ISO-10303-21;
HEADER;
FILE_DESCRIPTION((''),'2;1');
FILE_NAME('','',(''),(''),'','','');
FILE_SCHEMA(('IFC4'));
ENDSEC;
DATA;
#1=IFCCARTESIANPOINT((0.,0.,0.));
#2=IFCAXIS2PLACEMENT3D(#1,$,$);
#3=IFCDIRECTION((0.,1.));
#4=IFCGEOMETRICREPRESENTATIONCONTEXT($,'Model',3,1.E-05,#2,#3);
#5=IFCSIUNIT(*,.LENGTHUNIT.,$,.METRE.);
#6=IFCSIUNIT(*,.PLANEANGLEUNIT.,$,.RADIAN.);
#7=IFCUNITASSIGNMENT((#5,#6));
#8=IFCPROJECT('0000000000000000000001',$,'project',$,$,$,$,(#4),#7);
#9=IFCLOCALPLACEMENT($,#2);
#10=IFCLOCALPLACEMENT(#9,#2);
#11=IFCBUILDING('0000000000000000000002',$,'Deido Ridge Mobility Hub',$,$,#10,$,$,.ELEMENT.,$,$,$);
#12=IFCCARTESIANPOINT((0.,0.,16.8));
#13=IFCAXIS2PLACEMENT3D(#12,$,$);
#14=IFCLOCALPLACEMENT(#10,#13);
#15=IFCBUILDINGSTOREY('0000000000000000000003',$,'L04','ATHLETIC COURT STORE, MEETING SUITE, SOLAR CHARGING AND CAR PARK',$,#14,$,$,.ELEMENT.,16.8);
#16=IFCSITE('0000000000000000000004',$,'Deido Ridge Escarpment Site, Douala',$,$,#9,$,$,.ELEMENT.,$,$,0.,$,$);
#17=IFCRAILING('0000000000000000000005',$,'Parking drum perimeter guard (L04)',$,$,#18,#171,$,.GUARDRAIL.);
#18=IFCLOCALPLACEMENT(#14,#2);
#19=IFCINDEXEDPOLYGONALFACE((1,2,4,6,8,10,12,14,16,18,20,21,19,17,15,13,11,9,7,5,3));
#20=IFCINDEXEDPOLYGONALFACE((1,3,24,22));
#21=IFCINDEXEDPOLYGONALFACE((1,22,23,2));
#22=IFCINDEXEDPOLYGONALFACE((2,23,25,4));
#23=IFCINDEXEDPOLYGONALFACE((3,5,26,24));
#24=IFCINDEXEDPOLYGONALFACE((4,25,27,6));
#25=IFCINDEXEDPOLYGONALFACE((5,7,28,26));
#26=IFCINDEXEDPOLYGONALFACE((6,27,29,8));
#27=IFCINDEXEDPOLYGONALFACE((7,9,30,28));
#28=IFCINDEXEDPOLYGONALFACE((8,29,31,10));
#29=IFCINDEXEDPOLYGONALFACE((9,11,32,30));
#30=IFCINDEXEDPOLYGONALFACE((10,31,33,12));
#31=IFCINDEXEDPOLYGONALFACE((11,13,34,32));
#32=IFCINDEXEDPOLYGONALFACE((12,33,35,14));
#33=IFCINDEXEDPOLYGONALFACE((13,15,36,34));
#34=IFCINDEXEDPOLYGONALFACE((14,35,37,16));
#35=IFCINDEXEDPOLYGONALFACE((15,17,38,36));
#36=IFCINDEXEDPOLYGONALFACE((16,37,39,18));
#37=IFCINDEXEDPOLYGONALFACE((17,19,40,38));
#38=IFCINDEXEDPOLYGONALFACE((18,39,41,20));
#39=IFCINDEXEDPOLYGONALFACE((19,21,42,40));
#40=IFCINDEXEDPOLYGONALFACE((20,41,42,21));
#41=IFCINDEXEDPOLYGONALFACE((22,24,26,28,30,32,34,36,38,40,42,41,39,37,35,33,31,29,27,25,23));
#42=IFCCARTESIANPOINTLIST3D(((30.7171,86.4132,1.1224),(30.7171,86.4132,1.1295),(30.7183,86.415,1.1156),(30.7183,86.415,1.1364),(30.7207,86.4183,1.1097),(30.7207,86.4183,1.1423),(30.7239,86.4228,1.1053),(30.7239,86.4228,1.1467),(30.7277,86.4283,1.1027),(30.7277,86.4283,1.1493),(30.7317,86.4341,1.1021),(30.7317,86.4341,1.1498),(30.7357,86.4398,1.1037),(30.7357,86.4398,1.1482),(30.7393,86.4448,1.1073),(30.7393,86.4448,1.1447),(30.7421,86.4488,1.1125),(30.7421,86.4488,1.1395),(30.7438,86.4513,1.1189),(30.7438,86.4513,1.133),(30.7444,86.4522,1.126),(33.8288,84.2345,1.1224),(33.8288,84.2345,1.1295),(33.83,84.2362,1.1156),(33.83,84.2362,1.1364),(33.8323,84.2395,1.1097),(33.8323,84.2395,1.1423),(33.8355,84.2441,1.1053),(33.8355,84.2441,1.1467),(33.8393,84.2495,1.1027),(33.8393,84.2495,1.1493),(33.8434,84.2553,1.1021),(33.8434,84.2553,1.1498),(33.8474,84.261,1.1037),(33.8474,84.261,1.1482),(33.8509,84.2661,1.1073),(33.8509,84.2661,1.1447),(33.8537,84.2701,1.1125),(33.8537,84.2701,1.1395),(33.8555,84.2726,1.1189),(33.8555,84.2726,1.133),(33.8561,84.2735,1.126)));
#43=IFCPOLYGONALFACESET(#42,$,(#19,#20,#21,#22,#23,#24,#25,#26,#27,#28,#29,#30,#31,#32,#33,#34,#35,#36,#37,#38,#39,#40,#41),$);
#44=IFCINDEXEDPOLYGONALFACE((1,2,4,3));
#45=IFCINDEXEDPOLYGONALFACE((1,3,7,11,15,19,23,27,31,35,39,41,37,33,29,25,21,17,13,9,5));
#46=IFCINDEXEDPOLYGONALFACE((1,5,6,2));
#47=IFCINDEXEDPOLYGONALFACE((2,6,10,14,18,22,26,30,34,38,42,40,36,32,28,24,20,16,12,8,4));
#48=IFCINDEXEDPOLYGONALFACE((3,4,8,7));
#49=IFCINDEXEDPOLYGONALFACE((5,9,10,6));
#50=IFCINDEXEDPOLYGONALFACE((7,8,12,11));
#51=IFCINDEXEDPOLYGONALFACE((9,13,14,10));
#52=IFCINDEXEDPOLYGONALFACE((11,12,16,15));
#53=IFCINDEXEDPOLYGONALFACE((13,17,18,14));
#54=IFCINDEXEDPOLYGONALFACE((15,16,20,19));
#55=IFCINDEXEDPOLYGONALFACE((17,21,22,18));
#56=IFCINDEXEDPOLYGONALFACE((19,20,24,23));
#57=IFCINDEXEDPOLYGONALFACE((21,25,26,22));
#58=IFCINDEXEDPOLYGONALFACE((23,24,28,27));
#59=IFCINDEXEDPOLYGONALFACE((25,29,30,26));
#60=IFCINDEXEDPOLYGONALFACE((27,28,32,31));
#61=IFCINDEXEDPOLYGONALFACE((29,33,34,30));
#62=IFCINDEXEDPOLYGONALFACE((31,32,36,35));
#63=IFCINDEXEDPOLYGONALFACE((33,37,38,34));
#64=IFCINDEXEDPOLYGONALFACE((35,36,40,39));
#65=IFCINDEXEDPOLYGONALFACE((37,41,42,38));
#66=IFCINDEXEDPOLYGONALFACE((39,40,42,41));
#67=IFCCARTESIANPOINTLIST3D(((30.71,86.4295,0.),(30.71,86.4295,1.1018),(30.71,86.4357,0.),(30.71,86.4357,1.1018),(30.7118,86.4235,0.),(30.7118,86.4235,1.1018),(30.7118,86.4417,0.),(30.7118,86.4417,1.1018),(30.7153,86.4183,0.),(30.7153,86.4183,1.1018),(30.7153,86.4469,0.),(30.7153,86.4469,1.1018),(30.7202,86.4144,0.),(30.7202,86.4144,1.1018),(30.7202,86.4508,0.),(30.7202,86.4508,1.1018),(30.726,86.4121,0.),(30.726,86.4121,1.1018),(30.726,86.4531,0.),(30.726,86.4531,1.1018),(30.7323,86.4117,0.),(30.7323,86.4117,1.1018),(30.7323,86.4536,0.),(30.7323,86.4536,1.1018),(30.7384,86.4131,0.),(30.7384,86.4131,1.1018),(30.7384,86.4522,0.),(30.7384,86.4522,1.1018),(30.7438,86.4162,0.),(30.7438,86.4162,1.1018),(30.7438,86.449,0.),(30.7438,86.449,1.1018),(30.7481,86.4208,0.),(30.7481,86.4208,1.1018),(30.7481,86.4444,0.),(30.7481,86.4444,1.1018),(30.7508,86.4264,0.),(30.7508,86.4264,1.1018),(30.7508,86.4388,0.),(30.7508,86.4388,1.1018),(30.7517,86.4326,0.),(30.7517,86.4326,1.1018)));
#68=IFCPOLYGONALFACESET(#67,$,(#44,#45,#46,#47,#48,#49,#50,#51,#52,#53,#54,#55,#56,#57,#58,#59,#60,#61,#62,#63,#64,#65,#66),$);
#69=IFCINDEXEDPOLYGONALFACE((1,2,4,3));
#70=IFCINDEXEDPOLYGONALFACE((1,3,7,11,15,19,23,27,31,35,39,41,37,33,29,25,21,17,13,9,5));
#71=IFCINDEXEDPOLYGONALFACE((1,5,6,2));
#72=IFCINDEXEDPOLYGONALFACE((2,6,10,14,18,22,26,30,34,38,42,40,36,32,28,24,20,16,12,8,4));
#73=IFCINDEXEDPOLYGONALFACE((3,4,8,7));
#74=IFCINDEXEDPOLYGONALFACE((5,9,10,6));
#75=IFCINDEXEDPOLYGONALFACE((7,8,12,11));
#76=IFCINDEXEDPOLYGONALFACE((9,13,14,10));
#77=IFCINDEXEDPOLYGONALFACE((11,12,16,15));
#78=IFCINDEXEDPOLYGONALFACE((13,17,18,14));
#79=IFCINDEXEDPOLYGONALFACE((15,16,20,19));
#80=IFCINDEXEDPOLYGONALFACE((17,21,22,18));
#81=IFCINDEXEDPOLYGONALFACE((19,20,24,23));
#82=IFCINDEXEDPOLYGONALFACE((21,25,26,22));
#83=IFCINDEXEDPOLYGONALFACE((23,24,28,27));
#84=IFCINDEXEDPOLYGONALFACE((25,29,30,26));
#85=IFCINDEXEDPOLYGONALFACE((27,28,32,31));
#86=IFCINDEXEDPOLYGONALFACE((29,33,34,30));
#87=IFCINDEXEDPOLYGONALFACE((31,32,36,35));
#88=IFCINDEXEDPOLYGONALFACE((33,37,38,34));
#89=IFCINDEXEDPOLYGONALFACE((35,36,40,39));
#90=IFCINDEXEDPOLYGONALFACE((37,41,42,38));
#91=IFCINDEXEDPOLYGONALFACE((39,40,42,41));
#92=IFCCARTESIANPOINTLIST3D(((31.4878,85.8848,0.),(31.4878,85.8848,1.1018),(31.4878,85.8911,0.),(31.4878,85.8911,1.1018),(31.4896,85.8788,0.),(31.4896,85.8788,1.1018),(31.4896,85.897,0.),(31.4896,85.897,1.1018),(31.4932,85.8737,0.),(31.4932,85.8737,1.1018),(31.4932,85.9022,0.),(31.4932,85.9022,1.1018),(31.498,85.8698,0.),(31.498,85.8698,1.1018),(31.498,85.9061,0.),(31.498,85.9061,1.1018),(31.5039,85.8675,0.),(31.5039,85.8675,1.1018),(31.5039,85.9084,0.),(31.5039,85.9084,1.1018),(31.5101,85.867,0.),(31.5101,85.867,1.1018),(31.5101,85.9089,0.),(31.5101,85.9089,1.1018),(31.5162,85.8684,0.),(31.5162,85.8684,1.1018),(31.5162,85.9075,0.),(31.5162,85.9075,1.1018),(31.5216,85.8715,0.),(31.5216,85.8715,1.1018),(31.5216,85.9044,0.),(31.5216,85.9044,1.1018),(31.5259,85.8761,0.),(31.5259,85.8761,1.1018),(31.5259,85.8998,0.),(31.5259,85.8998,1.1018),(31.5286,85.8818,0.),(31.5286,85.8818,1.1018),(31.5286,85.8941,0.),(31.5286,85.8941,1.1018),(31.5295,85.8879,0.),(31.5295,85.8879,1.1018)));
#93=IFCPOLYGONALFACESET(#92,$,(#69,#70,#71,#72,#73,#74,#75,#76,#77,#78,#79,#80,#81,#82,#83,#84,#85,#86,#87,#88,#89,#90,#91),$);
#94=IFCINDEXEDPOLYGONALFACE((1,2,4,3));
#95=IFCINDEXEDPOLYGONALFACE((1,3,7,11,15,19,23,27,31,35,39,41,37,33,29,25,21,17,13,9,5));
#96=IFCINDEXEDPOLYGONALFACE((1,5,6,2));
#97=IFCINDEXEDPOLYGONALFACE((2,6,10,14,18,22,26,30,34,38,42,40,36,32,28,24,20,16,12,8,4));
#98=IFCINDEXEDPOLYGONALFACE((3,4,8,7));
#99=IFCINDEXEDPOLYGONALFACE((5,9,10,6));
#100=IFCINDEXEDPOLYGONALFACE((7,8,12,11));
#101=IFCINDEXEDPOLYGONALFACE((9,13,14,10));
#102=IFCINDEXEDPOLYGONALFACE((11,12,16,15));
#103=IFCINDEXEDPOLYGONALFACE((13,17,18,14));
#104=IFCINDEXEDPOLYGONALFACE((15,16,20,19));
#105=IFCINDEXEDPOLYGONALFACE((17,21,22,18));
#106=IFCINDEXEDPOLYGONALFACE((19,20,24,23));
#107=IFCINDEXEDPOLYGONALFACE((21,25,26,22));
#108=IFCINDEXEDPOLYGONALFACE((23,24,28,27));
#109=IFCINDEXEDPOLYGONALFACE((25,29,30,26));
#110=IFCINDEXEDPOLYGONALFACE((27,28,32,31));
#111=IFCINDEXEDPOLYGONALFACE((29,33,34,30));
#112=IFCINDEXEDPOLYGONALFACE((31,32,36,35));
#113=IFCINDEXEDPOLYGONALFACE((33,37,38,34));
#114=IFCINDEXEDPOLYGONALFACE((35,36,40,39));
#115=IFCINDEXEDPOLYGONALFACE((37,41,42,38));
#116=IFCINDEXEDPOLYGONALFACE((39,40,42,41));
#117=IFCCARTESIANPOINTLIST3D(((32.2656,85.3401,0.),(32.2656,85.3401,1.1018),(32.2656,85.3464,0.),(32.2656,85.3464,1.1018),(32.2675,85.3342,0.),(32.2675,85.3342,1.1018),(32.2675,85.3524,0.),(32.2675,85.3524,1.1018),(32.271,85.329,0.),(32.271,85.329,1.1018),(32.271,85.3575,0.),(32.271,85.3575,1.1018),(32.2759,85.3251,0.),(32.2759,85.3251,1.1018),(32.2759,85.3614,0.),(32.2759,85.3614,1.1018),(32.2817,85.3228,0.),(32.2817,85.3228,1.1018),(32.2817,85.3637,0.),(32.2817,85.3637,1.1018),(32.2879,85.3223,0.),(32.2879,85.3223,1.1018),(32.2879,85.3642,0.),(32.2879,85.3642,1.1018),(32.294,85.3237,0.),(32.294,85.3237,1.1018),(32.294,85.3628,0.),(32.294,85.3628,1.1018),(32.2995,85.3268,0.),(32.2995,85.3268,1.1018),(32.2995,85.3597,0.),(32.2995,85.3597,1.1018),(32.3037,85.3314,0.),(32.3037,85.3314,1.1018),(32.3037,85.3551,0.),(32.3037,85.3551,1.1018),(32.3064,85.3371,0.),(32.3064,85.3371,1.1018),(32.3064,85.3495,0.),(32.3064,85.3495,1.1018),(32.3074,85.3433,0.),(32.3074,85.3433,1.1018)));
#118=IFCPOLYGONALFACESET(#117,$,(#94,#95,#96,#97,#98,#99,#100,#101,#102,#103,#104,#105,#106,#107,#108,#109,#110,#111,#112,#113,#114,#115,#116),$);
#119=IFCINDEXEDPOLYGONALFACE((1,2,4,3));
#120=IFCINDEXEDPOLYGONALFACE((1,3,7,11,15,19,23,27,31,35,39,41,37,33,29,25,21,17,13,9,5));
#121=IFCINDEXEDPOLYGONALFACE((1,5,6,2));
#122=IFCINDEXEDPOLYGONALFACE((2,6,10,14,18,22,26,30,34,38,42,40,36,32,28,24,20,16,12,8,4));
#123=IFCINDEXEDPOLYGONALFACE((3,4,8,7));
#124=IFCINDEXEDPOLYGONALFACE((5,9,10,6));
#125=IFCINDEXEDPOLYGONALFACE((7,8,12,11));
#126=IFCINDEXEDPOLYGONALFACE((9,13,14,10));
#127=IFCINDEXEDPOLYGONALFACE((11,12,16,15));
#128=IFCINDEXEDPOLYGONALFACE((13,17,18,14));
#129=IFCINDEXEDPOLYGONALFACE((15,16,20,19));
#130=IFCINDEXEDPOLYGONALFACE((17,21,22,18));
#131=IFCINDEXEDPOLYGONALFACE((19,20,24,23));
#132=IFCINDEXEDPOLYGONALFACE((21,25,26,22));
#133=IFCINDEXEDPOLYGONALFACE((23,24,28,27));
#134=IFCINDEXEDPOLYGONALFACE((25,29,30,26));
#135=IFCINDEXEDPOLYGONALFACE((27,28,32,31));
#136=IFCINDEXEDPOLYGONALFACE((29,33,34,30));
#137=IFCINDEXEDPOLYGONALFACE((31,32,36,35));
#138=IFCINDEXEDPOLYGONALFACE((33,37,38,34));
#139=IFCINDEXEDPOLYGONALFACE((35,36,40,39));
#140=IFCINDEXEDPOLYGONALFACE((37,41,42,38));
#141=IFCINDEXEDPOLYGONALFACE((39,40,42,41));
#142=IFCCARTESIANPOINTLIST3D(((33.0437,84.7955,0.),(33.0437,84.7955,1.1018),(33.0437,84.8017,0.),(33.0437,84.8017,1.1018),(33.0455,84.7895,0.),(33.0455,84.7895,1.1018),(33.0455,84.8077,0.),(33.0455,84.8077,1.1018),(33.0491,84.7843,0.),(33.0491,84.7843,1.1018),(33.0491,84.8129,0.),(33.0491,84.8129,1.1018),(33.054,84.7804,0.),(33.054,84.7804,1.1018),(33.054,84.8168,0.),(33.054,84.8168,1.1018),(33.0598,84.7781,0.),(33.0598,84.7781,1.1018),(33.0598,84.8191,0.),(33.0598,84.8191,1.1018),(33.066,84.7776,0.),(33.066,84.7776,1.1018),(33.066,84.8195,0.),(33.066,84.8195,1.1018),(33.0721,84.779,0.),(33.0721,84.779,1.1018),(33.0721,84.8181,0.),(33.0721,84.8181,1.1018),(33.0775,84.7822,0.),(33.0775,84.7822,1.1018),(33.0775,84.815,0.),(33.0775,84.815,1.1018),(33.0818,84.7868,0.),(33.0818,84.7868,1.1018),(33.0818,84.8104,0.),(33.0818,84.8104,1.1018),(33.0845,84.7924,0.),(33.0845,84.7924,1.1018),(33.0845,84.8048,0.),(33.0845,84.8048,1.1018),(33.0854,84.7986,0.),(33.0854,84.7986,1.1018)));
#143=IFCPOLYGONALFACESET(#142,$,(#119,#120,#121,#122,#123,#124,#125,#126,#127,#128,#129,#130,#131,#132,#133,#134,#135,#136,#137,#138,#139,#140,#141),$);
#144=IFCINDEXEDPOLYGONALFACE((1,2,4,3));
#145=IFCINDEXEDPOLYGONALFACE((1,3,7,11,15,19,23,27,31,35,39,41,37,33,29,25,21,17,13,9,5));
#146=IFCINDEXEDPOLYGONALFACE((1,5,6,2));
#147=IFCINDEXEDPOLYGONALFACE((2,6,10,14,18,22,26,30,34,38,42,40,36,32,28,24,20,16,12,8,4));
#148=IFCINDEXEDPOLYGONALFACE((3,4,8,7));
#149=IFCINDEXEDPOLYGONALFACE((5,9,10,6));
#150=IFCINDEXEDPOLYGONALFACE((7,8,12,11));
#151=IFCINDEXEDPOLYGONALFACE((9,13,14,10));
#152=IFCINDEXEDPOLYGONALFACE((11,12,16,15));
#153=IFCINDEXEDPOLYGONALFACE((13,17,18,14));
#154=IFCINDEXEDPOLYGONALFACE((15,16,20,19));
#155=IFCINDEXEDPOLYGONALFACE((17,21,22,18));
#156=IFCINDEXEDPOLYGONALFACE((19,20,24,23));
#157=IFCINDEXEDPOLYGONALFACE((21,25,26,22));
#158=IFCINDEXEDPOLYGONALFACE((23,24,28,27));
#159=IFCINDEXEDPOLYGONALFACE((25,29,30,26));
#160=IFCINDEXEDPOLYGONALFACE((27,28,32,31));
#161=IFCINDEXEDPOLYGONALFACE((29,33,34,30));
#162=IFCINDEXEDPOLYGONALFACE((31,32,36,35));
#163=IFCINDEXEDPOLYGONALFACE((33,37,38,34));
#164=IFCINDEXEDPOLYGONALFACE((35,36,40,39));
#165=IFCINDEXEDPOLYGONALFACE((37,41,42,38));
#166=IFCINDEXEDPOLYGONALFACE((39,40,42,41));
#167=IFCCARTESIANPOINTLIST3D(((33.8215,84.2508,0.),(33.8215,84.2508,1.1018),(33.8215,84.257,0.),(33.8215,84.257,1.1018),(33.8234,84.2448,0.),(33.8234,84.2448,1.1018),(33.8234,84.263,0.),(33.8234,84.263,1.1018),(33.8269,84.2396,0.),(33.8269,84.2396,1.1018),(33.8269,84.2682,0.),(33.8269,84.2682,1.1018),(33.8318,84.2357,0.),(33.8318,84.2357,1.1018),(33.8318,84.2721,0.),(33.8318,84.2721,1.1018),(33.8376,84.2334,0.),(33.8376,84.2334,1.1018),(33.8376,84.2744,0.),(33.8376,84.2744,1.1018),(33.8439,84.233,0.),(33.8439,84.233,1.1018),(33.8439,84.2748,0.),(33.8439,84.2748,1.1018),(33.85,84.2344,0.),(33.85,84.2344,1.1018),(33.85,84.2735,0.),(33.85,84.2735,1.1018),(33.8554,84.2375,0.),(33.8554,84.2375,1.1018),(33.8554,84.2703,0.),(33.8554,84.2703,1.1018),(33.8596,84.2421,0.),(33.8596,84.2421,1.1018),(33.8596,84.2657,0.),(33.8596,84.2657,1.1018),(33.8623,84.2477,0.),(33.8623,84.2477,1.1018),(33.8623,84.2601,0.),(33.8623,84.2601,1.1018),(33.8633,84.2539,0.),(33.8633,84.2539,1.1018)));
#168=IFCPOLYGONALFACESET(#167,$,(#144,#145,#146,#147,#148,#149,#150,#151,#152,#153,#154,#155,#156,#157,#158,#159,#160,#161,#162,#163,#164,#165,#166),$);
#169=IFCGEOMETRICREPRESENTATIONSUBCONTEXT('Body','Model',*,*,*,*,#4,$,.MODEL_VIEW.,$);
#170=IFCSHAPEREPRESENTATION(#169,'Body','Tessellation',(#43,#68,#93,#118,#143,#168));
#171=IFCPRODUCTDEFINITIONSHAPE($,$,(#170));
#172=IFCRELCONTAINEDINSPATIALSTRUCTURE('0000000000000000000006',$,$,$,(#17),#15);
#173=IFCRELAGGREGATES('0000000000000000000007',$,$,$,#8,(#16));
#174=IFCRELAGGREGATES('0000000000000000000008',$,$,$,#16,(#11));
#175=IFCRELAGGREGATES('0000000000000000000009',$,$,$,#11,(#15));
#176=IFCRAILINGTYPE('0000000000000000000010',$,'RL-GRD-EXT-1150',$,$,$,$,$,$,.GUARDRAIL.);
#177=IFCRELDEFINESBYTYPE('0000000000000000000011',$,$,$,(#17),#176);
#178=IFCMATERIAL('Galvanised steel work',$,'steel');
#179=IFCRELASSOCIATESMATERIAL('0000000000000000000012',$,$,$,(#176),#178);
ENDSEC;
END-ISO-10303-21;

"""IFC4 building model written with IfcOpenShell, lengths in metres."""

from ifc_helpers import new_model, si_unit, direction, frame, origin, origin_2d, place, context, subcontext, project, spatial, circle, extrude, material, type_object, element, save


model = new_model("IFC4")

# Units and contexts
model_context = context("Model", 3, precision=1e-05, world=origin(), true_north=direction((0.0, 1.0)))
body_context = subcontext(model_context, "Body", "Model", "MODEL_VIEW")
ifc_project = project(units=[si_unit("LENGTHUNIT", "METRE"), si_unit("PLANEANGLEUNIT", "RADIAN")], contexts=[model_context])

# Site, building, storey
site_placement = place(None, origin())
site = spatial("IfcSite", under=ifc_project, at=site_placement, Name="Deido Ridge Escarpment Site, Douala", CompositionType="ELEMENT", RefElevation=0.0)
building_placement = place(site_placement, origin())
building = spatial("IfcBuilding", under=site, at=building_placement, Name="Deido Ridge Mobility Hub", CompositionType="ELEMENT")
storey_placement = place(building_placement, frame((0.0, 0.0, 16.8)))
storey = spatial("IfcBuildingStorey", under=building, at=storey_placement, Name="L04", Description="ATHLETIC COURT STORE, MEETING SUITE, SOLAR CHARGING AND CAR PARK", CompositionType="ELEMENT", Elevation=16.8)

# Railing
ifc_material_1 = material(Name="Galvanised steel work", Category="steel")
railing_type = type_object("IfcRailingType", Name="RL-GRD-EXT-1150", PredefinedType="GUARDRAIL", material=ifc_material_1)
railing_1_placement = place(storey_placement, frame((30.7307, 86.4326, 0.0)))
element("IfcRailing", 1, at=railing_1_placement, inside=storey, type_object=railing_type, Name="Parking drum perimeter guard (L04)", PredefinedType="GUARDRAIL", context=body_context, shape_type="SweptSolid", body=[
    extrude(circle(Radius=0.0239, at=origin_2d()), frame((0.0, 0.0, 1.126), z_axis=(0.819156, -0.57357, 0.0), x_axis=(0.57357, 0.819156, 0.0)), (0.0, 0.0, 1.0), 3.7986),
    extrude(circle(Radius=0.021, at=origin_2d()), origin(), (0.0, 0.0, 1.0), 1.1018),
    extrude(circle(Radius=0.021, at=origin_2d()), frame((0.7778, -0.5447, 0.0)), (0.0, 0.0, 1.0), 1.1018),
    extrude(circle(Radius=0.021, at=origin_2d()), frame((1.5557, -1.0894, 0.0)), (0.0, 0.0, 1.0), 1.1018),
    extrude(circle(Radius=0.021, at=origin_2d()), frame((2.3337, -1.634, 0.0)), (0.0, 0.0, 1.0), 1.1018),
    extrude(circle(Radius=0.021, at=origin_2d()), frame((3.1116, -2.1787, 0.0)), (0.0, 0.0, 1.0), 1.1018),
])

save(model, "model.ifc")
